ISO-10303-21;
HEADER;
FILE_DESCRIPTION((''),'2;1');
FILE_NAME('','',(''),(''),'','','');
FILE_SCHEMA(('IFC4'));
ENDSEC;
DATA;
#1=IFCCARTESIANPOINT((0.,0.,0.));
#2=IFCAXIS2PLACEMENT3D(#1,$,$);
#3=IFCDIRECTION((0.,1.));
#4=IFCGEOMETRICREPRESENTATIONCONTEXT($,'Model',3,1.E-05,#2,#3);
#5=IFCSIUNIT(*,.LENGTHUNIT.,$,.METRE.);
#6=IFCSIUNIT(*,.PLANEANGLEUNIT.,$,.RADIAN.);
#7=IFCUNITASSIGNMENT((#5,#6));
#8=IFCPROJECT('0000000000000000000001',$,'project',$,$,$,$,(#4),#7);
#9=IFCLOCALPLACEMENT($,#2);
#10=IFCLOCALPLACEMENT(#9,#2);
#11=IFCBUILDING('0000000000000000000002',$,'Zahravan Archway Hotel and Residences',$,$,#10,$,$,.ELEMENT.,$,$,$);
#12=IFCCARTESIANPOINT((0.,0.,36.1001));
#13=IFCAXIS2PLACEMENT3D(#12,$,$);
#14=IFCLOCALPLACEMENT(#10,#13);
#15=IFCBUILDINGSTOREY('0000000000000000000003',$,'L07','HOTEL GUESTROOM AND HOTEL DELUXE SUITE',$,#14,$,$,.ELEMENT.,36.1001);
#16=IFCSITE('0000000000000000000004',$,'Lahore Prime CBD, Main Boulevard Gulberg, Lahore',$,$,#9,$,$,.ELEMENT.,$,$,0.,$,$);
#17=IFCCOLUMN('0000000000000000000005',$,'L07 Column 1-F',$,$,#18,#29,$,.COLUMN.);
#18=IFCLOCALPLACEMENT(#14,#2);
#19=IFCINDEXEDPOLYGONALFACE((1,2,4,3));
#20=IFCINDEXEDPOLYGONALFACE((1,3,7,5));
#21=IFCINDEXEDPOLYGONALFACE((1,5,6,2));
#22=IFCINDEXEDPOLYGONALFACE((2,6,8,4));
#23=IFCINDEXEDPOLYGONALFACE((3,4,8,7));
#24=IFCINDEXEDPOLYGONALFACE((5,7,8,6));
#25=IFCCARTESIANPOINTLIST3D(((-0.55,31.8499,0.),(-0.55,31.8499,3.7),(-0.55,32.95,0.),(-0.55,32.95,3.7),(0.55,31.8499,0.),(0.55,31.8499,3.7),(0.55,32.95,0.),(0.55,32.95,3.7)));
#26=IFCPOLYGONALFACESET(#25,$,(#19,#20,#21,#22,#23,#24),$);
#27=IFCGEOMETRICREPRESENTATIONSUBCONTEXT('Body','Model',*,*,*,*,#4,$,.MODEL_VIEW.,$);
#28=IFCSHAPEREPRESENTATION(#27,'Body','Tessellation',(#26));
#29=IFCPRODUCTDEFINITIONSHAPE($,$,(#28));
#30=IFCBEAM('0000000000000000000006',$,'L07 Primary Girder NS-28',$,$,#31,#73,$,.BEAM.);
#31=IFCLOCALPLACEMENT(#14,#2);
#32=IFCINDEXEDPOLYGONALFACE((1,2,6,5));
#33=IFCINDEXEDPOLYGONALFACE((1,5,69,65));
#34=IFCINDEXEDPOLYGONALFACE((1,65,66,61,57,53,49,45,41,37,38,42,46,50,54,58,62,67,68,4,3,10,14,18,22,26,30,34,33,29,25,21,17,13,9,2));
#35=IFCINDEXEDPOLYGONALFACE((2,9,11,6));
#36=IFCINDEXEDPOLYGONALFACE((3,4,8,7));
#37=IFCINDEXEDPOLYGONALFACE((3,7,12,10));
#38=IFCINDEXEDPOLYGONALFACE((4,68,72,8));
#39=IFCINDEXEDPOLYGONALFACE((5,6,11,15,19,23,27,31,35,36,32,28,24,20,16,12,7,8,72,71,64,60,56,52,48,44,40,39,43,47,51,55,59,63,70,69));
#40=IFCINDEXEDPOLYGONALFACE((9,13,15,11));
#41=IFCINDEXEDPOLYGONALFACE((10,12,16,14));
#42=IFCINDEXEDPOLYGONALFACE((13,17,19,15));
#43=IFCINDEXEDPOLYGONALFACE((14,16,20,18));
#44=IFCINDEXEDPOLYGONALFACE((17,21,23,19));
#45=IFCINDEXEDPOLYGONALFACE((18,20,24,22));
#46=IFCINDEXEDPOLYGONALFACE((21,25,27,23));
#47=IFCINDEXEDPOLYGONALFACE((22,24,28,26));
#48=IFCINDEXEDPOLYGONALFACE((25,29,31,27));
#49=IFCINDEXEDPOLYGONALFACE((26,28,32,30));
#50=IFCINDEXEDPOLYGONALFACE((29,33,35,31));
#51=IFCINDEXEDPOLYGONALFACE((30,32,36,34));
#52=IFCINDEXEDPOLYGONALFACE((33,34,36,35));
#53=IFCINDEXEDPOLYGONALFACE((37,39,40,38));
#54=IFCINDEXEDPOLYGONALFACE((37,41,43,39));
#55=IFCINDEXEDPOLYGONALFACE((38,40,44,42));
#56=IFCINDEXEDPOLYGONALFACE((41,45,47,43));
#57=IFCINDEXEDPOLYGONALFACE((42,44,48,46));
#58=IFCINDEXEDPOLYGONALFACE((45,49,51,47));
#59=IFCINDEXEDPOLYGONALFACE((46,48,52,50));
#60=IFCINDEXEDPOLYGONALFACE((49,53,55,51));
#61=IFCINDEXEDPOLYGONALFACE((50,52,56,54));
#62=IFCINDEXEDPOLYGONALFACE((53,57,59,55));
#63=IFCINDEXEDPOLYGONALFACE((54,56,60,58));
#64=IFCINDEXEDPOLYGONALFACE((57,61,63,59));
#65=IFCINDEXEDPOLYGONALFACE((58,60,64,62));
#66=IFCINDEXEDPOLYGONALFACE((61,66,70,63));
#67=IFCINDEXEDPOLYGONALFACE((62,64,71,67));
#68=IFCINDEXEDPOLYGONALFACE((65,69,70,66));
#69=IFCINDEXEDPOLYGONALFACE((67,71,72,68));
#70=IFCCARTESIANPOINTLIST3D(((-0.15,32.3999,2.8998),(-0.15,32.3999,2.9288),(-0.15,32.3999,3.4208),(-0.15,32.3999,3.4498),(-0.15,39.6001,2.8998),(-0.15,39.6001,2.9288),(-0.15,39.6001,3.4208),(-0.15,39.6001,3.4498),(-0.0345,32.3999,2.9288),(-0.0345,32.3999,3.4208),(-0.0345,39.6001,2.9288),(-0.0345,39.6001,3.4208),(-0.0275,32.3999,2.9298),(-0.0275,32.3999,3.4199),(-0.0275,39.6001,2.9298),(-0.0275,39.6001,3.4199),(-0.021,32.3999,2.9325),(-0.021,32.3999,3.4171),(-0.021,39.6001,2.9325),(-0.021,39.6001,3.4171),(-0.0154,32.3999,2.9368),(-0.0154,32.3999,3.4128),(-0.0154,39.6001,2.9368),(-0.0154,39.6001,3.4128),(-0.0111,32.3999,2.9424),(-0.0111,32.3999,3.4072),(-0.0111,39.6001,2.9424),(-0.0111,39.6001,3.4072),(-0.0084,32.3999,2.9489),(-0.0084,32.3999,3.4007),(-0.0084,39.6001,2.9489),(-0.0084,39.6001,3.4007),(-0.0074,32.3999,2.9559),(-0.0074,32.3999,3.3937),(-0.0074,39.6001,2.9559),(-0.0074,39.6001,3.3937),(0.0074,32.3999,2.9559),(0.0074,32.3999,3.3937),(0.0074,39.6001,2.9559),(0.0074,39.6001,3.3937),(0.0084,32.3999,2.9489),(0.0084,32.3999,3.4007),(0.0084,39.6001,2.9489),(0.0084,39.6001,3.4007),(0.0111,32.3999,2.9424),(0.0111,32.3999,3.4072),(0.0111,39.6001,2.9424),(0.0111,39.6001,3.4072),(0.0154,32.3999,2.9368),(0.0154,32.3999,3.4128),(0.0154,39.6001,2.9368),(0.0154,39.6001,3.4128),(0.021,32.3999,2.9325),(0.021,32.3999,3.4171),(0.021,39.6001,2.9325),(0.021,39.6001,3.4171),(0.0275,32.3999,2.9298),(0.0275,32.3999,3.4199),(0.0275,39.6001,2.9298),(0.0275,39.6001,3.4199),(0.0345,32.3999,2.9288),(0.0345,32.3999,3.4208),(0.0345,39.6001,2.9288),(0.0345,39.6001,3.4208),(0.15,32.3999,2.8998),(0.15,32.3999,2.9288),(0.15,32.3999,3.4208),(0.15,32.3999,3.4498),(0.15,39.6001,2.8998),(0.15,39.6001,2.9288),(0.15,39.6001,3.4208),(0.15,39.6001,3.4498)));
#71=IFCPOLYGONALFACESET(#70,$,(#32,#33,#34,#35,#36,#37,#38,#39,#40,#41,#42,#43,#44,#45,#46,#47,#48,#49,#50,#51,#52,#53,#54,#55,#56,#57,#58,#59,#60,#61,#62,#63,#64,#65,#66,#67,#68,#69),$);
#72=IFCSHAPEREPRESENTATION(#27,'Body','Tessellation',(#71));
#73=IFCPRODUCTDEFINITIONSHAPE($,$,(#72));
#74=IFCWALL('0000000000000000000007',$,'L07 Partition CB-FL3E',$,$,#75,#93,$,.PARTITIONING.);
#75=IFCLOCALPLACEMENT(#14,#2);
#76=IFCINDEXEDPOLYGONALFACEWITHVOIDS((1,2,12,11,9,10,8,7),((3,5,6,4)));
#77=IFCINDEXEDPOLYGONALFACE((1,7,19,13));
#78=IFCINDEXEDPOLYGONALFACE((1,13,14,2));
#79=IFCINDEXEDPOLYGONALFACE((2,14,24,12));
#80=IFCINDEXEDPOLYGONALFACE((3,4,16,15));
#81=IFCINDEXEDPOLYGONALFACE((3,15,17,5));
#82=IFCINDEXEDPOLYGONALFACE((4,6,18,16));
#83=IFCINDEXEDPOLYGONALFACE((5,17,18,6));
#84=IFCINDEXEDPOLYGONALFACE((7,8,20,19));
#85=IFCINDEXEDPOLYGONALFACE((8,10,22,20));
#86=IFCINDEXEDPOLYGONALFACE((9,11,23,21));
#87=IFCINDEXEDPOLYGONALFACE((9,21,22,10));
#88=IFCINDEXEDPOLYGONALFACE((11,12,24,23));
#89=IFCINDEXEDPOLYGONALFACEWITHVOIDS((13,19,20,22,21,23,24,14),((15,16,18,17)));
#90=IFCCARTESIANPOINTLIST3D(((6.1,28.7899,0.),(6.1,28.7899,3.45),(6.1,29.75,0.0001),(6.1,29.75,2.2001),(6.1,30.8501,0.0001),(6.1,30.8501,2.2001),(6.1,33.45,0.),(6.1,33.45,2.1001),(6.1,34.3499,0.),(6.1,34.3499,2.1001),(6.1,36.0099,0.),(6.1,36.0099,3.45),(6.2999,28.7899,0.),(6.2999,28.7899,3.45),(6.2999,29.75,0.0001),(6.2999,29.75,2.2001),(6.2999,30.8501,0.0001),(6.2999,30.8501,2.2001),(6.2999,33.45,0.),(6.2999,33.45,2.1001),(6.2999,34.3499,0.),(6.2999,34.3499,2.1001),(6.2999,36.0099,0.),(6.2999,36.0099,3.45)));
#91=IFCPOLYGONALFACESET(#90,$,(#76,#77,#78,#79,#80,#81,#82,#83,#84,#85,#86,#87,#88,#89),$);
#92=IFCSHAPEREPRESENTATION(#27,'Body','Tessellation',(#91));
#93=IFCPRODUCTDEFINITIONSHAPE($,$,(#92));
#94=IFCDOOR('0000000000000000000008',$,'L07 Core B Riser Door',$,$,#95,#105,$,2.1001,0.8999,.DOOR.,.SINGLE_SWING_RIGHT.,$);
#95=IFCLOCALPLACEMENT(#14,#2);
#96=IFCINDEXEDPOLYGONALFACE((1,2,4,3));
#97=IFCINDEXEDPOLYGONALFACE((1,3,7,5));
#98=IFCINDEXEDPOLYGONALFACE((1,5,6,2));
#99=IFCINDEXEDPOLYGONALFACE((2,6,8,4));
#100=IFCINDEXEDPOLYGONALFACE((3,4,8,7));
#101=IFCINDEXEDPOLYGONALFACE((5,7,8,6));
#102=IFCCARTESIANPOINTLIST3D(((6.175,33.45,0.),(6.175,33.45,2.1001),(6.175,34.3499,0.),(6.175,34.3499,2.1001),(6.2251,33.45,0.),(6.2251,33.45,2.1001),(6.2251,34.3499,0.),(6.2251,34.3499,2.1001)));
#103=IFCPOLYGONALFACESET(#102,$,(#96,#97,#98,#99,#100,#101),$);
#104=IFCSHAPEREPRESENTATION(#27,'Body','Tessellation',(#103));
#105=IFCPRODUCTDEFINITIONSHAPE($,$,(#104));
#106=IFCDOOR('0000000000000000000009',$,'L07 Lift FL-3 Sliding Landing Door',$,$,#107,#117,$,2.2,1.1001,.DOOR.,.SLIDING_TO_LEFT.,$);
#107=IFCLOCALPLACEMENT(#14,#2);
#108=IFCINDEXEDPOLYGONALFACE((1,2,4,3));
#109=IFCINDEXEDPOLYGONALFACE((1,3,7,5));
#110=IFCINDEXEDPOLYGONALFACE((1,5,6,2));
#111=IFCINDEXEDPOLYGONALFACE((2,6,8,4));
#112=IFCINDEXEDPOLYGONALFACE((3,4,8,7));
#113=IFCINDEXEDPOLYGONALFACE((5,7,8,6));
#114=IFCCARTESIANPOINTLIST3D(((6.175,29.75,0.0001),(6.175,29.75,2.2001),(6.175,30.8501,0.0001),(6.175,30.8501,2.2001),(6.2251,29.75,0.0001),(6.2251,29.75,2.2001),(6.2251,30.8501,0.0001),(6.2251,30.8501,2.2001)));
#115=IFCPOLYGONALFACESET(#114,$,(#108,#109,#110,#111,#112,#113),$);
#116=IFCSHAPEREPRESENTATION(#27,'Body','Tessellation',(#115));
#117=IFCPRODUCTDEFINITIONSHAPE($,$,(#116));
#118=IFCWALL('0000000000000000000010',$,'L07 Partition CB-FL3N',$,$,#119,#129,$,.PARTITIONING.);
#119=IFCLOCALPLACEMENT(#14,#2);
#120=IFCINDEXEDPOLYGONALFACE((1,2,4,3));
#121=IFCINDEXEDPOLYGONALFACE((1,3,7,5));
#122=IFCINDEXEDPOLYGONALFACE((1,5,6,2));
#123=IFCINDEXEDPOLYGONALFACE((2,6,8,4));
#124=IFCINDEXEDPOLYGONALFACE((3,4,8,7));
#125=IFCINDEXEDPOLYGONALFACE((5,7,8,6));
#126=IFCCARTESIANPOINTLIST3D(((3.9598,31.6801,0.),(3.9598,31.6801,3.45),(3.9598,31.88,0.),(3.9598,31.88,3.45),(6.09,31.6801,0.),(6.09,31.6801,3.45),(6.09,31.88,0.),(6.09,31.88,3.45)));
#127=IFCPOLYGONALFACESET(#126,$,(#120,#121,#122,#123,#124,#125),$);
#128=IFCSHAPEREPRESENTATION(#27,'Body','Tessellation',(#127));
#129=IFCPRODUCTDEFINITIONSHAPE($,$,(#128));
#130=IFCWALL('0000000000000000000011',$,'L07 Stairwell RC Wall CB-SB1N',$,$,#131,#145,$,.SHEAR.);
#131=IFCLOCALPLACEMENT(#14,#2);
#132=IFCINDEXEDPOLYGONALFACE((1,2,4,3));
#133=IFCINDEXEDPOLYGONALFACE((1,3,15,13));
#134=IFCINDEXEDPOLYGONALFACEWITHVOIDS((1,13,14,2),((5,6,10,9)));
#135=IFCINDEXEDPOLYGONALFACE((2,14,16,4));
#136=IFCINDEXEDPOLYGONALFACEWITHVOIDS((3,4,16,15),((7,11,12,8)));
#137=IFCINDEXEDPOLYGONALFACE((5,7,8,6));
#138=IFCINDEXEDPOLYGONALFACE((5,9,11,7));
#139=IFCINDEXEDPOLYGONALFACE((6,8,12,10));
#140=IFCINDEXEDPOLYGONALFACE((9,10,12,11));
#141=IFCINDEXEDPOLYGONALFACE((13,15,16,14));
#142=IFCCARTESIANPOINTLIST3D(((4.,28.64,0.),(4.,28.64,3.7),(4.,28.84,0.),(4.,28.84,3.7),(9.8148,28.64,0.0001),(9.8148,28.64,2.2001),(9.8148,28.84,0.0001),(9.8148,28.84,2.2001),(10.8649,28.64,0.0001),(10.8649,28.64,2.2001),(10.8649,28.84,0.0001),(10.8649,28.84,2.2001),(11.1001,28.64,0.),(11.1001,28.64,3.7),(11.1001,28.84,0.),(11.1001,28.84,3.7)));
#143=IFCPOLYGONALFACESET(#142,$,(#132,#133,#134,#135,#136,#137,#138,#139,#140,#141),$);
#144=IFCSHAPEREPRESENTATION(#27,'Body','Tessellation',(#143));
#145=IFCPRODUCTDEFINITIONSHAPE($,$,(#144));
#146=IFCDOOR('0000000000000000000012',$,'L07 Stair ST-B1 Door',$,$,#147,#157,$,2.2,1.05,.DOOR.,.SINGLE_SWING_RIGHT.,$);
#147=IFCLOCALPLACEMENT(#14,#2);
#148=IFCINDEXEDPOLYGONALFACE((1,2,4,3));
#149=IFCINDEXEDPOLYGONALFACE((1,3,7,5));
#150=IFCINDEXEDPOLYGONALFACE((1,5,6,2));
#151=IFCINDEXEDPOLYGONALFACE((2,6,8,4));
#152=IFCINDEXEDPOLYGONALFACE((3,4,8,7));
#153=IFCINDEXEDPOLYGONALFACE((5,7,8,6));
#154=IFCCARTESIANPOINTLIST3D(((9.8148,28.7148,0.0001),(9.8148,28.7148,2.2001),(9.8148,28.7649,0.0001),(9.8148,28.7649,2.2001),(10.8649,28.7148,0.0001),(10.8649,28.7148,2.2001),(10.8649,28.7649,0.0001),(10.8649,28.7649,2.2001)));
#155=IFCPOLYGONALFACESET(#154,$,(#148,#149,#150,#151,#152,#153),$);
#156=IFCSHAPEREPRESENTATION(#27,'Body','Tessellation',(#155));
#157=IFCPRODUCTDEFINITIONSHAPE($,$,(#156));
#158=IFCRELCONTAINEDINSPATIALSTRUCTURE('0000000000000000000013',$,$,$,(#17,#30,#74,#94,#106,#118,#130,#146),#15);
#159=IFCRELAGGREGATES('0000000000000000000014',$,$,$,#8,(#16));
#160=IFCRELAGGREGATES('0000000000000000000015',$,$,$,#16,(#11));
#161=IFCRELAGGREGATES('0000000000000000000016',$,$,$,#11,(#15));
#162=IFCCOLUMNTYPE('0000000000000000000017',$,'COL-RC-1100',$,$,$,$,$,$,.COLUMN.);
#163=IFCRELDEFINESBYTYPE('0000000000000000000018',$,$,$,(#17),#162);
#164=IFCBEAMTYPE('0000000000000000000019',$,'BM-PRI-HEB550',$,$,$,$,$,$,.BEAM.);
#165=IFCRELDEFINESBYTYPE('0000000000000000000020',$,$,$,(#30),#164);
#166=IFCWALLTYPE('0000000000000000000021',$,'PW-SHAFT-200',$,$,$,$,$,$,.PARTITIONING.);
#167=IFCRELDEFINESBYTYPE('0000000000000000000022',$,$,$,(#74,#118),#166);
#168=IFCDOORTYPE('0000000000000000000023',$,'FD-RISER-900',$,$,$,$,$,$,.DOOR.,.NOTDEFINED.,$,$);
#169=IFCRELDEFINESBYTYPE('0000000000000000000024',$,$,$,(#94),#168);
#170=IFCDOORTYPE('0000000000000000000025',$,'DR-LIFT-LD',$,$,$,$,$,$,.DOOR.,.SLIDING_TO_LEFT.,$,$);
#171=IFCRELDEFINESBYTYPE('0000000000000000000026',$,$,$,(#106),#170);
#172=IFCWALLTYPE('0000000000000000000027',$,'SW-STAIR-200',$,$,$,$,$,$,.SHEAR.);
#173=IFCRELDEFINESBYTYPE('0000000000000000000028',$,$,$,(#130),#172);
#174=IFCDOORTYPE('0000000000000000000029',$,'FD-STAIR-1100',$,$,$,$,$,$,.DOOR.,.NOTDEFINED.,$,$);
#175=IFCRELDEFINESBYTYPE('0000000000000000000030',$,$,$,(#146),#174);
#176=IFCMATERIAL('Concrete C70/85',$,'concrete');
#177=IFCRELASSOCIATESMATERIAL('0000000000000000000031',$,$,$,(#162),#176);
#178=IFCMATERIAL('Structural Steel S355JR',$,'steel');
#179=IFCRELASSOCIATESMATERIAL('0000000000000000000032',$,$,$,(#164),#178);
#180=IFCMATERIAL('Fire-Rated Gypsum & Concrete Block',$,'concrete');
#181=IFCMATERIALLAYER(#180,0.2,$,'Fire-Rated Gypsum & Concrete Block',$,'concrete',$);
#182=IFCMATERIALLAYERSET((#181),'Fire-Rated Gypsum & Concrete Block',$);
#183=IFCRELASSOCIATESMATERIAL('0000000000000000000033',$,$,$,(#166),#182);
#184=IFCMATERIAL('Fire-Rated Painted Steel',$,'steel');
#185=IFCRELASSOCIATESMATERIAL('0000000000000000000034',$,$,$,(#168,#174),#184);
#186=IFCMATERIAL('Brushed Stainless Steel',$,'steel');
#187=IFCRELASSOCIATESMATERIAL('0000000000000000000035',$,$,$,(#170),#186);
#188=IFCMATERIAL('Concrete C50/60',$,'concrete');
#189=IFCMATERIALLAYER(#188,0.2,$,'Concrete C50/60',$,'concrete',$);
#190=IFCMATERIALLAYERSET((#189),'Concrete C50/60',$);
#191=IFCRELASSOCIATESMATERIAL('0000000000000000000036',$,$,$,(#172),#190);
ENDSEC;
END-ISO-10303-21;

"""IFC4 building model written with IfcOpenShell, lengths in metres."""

from ifc_helpers import new_model, si_unit, direction, frame, frame_2d, origin, origin_2d, place, context, subcontext, project, spatial, rectangle, i_section, extrude, source, transform, mapped, material, layer, layer_set, material_profile, profile_set, type_object, type_shapes, element, fill, save


model = new_model("IFC4")

# Units and contexts
model_context = context("Model", 3, precision=1e-05, world=origin(), true_north=direction((0.0, 1.0)))
body_context = subcontext(model_context, "Body", "Model", "MODEL_VIEW")
ifc_project = project(units=[si_unit("LENGTHUNIT", "METRE"), si_unit("PLANEANGLEUNIT", "RADIAN")], contexts=[model_context])

# Site, building, storey
site_placement = place(None, origin())
site = spatial("IfcSite", under=ifc_project, at=site_placement, Name="Lahore Prime CBD, Main Boulevard Gulberg, Lahore", CompositionType="ELEMENT", RefElevation=0.0)
building_placement = place(site_placement, origin())
building = spatial("IfcBuilding", under=site, at=building_placement, Name="Zahravan Archway Hotel and Residences", CompositionType="ELEMENT")
storey_placement = place(building_placement, frame((0.0, 0.0, 36.1001)))
storey = spatial("IfcBuildingStorey", under=building, at=storey_placement, Name="L07", Description="HOTEL GUESTROOM AND HOTEL DELUXE SUITE", CompositionType="ELEMENT", Elevation=36.1001)

# Column
ifc_material_1 = material(Name="Concrete C70/85", Category="concrete")
ifc_material_profile_1 = material_profile(ifc_material_1, rectangle(XDim=1.1001, YDim=1.1001, at=origin_2d()), Name="RC 1100x1100", Category="concrete")
ifc_profile_set_1 = profile_set([ifc_material_profile_1], Name="Concrete C70/85")
column_type = type_object("IfcColumnType", Name="COL-RC-1100", PredefinedType="COLUMN", material=ifc_profile_set_1)
shared_shape_1 = source(origin(), body_context, "Body", "SweptSolid", [
    extrude(rectangle(XDim=1.1001, YDim=1.1001, at=origin_2d()), origin(), (0.0, 0.0, 1.0), 3.7),
])
column_placement = place(storey_placement, frame((0.0, 32.3999, 0.0), z_axis=(0.0, 0.0, 1.0), x_axis=(1.0, 0.0, 0.0)))
element("IfcColumn", 1, at=column_placement, inside=storey, type_object=column_type, Name="L07 Column 1-F", PredefinedType="COLUMN", context=body_context, shape_type="MappedRepresentation", body=[
    mapped(shared_shape_1, transform((0.0, 0.0, 0.0), scale=1.0)),
])

# Beam
ifc_material_2 = material(Name="Structural Steel S355JR", Category="steel")
ifc_material_profile_2 = material_profile(ifc_material_2, i_section(OverallWidth=0.3, OverallDepth=0.55, WebThickness=0.0149, FlangeThickness=0.0291, FilletRadius=0.0271, at=origin_2d()), Name="HEB 550", Category="steel")
ifc_profile_set_2 = profile_set([ifc_material_profile_2], Name="Structural Steel S355JR")
beam_type = type_object("IfcBeamType", Name="BM-PRI-HEB550", PredefinedType="BEAM", material=ifc_profile_set_2)
shared_shape_2 = source(origin(), body_context, "Body", "SweptSolid", [
    extrude(i_section(OverallWidth=0.3, OverallDepth=0.55, WebThickness=0.0149, FlangeThickness=0.0291, FilletRadius=0.0271, at=origin_2d()), origin(), (0.0, 0.0, 1.0), 7.2002),
])
type_shapes(beam_type, [shared_shape_2])
beam_placement = place(storey_placement, frame((0.0, 32.3999, 3.1748), z_axis=(0.0, 1.0, 0.0), x_axis=(-1.0, 0.0, 0.0)))
element("IfcBeam", 2, at=beam_placement, inside=storey, type_object=beam_type, Name="L07 Primary Girder NS-28", PredefinedType="BEAM", context=body_context, shape_type="MappedRepresentation", body=[
    mapped(shared_shape_2, transform((0.0, 0.0, 0.0), scale=1.0)),
])

# Wall, openings, doors
ifc_material_3 = material(Name="Fire-Rated Gypsum & Concrete Block", Category="concrete")
ifc_layer_1 = layer(ifc_material_3, 0.2, Name="Fire-Rated Gypsum & Concrete Block", Category="concrete")
ifc_layer_set_1 = layer_set([ifc_layer_1], Name="Fire-Rated Gypsum & Concrete Block")
wall_type_1 = type_object("IfcWallType", Name="PW-SHAFT-200", PredefinedType="PARTITIONING", material=ifc_layer_set_1)
wall_1_placement = place(storey_placement, frame((6.2, 28.79, 0.0), z_axis=(0.0, 0.0, 1.0), x_axis=(0.0, 1.0, 0.0)))
wall_1 = element("IfcWall", 3, at=wall_1_placement, inside=storey, type_object=wall_type_1, Name="L07 Partition CB-FL3E", PredefinedType="PARTITIONING", context=body_context, shape_type="SweptSolid", body=[
    extrude(rectangle(XDim=7.22, YDim=0.2, at=frame_2d((3.6099, 0.0))), origin(), (0.0, 0.0, 1.0), 3.45),
])
opening_1_placement = place(wall_1_placement, frame((4.6599, 0.0, 0.0)))
opening_1 = element("IfcOpeningElement", 4, at=opening_1_placement, cuts=wall_1, PredefinedType="OPENING", context=body_context, shape_type="SweptSolid", body=[
    extrude(rectangle(XDim=0.8999, YDim=2.1001, at=frame_2d((0.45, 1.05))), frame((0.0, 0.1099, 0.0), z_axis=(0.0, -1.0, 0.0), x_axis=(1.0, 0.0, 0.0)), (0.0, 0.0, 1.0), 0.22),
])
opening_2_placement = place(wall_1_placement, frame((0.96, 0.0, 0.0)))
opening_2 = element("IfcOpeningElement", 5, at=opening_2_placement, cuts=wall_1, PredefinedType="OPENING", context=body_context, shape_type="SweptSolid", body=[
    extrude(rectangle(XDim=1.1001, YDim=2.2, at=frame_2d((0.55, 1.1001))), frame((0.0, 0.1099, 0.0), z_axis=(0.0, -1.0, 0.0), x_axis=(1.0, 0.0, 0.0)), (0.0, 0.0, 1.0), 0.22),
])
ifc_material_4 = material(Name="Fire-Rated Painted Steel", Category="steel")
door_type_1 = type_object("IfcDoorType", Name="FD-RISER-900", OperationType="NOTDEFINED", PredefinedType="DOOR", material=ifc_material_4)
shared_shape_3 = source(origin(), body_context, "Body", "SweptSolid", [
    extrude(rectangle(XDim=0.8999, YDim=2.1001, at=frame_2d((0.45, 1.05))), frame((0.0, 0.0249, 0.0), z_axis=(0.0, -1.0, 0.0), x_axis=(1.0, 0.0, 0.0)), (0.0, 0.0, 1.0), 0.05),
])
type_shapes(door_type_1, [shared_shape_3])
door_1_placement = place(opening_1_placement, origin())
door_1 = element("IfcDoor", 6, at=door_1_placement, inside=storey, type_object=door_type_1, Name="L07 Core B Riser Door", OperationType="SINGLE_SWING_RIGHT", OverallHeight=2.1001, OverallWidth=0.8999, PredefinedType="DOOR", context=body_context, shape_type="MappedRepresentation", body=[
    mapped(shared_shape_3, transform((0.0, 0.0, 0.0), scale=1.0)),
])
fill(opening_1, door_1)
ifc_material_5 = material(Name="Brushed Stainless Steel", Category="steel")
door_type_2 = type_object("IfcDoorType", Name="DR-LIFT-LD", OperationType="SLIDING_TO_LEFT", PredefinedType="DOOR", material=ifc_material_5)
shared_shape_4 = source(origin(), body_context, "Body", "SweptSolid", [
    extrude(rectangle(XDim=1.1001, YDim=2.2, at=frame_2d((0.55, 1.1001))), frame((0.0, 0.0249, 0.0), z_axis=(0.0, -1.0, 0.0), x_axis=(1.0, 0.0, 0.0)), (0.0, 0.0, 1.0), 0.05),
])
type_shapes(door_type_2, [shared_shape_4])
door_2_placement = place(opening_2_placement, origin())
door_2 = element("IfcDoor", 7, at=door_2_placement, inside=storey, type_object=door_type_2, Name="L07 Lift FL-3 Sliding Landing Door", OperationType="SLIDING_TO_LEFT", OverallHeight=2.2, OverallWidth=1.1001, PredefinedType="DOOR", context=body_context, shape_type="MappedRepresentation", body=[
    mapped(shared_shape_4, transform((0.0, 0.0, 0.0), scale=1.0)),
])
fill(opening_2, door_2)

# Wall
wall_2_placement = place(storey_placement, frame((3.96, 31.78, 0.0), z_axis=(0.0, 0.0, 1.0), x_axis=(1.0, 0.0, 0.0)))
element("IfcWall", 8, at=wall_2_placement, inside=storey, type_object=wall_type_1, Name="L07 Partition CB-FL3N", PredefinedType="PARTITIONING", context=body_context, shape_type="SweptSolid", body=[
    extrude(rectangle(XDim=2.1301, YDim=0.2, at=frame_2d((1.0649, 0.0))), origin(), (0.0, 0.0, 1.0), 3.45),
])

# Wall, opening, door
ifc_material_6 = material(Name="Concrete C50/60", Category="concrete")
ifc_layer_2 = layer(ifc_material_6, 0.2, Name="Concrete C50/60", Category="concrete")
ifc_layer_set_2 = layer_set([ifc_layer_2], Name="Concrete C50/60")
wall_type_2 = type_object("IfcWallType", Name="SW-STAIR-200", PredefinedType="SHEAR", material=ifc_layer_set_2)
wall_3_placement = place(storey_placement, frame((4.0, 28.74, 0.0), z_axis=(0.0, 0.0, 1.0), x_axis=(1.0, 0.0, 0.0)))
wall_3 = element("IfcWall", 9, at=wall_3_placement, inside=storey, type_object=wall_type_2, Name="L07 Stairwell RC Wall CB-SB1N", PredefinedType="SHEAR", context=body_context, shape_type="SweptSolid", body=[
    extrude(rectangle(XDim=7.1001, YDim=0.2, at=frame_2d((3.55, 0.0))), origin(), (0.0, 0.0, 1.0), 3.7),
])
opening_3_placement = place(wall_3_placement, frame((5.8149, 0.0, 0.0)))
opening_3 = element("IfcOpeningElement", 10, at=opening_3_placement, cuts=wall_3, PredefinedType="OPENING", context=body_context, shape_type="SweptSolid", body=[
    extrude(rectangle(XDim=1.05, YDim=2.2, at=frame_2d((0.5249, 1.1001))), frame((0.0, 0.1099, 0.0), z_axis=(0.0, -1.0, 0.0), x_axis=(1.0, 0.0, 0.0)), (0.0, 0.0, 1.0), 0.22),
])
door_type_3 = type_object("IfcDoorType", Name="FD-STAIR-1100", OperationType="NOTDEFINED", PredefinedType="DOOR", material=ifc_material_4)
shared_shape_5 = source(origin(), body_context, "Body", "SweptSolid", [
    extrude(rectangle(XDim=1.05, YDim=2.2, at=frame_2d((0.5249, 1.1001))), frame((0.0, 0.0249, 0.0), z_axis=(0.0, -1.0, 0.0), x_axis=(1.0, 0.0, 0.0)), (0.0, 0.0, 1.0), 0.05),
])
type_shapes(door_type_3, [shared_shape_5])
door_3_placement = place(opening_3_placement, origin())
door_3 = element("IfcDoor", 11, at=door_3_placement, inside=storey, type_object=door_type_3, Name="L07 Stair ST-B1 Door", OperationType="SINGLE_SWING_RIGHT", OverallHeight=2.2, OverallWidth=1.05, PredefinedType="DOOR", context=body_context, shape_type="MappedRepresentation", body=[
    mapped(shared_shape_5, transform((0.0, 0.0, 0.0), scale=1.0)),
])
fill(opening_3, door_3)

save(model, "model.ifc")
